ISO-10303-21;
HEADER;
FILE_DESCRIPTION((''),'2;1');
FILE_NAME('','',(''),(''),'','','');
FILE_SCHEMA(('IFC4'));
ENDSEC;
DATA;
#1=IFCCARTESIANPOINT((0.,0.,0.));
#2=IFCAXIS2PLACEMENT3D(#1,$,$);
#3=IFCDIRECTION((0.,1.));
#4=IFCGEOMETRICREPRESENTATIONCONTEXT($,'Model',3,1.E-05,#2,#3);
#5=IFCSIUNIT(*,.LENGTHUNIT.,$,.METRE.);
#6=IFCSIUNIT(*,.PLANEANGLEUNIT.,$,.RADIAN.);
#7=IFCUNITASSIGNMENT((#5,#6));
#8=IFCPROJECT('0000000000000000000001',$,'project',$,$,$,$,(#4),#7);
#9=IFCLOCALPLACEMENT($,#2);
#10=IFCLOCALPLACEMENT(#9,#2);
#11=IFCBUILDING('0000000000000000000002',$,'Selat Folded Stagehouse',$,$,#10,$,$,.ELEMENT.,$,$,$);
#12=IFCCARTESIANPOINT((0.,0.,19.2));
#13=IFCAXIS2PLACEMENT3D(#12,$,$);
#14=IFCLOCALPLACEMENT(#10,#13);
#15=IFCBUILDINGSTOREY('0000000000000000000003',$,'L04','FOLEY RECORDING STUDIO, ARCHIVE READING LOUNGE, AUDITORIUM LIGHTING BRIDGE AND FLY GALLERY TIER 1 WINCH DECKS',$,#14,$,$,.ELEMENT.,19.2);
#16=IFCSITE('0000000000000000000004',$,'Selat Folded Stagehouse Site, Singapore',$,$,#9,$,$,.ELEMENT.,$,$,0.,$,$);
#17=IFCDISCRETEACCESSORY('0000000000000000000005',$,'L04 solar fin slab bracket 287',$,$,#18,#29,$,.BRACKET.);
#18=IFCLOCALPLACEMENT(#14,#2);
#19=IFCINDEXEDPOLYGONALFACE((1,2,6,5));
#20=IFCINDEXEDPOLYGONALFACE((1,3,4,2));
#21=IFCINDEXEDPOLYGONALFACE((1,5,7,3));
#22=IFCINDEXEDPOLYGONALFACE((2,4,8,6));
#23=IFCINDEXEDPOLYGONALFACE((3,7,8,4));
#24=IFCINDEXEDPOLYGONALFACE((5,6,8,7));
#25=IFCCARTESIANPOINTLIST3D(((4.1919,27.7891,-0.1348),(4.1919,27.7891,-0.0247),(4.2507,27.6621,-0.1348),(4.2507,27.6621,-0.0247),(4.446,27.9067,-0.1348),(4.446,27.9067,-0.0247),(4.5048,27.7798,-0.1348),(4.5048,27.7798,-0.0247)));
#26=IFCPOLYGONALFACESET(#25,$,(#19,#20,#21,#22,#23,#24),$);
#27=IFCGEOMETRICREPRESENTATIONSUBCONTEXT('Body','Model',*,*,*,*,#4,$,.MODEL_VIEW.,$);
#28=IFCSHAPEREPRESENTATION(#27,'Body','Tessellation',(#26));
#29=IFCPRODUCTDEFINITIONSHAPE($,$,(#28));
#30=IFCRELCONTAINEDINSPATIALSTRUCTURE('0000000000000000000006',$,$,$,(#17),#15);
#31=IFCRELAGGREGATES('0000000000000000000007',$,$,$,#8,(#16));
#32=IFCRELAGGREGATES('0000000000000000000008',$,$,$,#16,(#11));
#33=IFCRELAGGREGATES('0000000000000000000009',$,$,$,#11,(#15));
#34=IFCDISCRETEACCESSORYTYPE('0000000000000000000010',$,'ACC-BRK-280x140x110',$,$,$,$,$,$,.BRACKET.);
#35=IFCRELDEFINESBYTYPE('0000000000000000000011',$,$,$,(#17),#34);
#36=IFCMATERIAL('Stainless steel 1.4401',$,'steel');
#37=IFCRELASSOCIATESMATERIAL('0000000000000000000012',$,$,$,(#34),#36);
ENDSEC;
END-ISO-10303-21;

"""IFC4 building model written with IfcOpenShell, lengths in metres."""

from ifc_helpers import new_model, si_unit, direction, frame, origin, origin_2d, place, context, subcontext, project, spatial, rectangle, extrude, material, type_object, element, save


model = new_model("IFC4")

# Units and contexts
model_context = context("Model", 3, precision=1e-05, world=origin(), true_north=direction((0.0, 1.0)))
body_context = subcontext(model_context, "Body", "Model", "MODEL_VIEW")
ifc_project = project(units=[si_unit("LENGTHUNIT", "METRE"), si_unit("PLANEANGLEUNIT", "RADIAN")], contexts=[model_context])

# Site, building, storey
site_placement = place(None, origin())
site = spatial("IfcSite", under=ifc_project, at=site_placement, Name="Selat Folded Stagehouse Site, Singapore", CompositionType="ELEMENT", RefElevation=0.0)
building_placement = place(site_placement, origin())
building = spatial("IfcBuilding", under=site, at=building_placement, Name="Selat Folded Stagehouse", CompositionType="ELEMENT")
storey_placement = place(building_placement, frame((0.0, 0.0, 19.2)))
storey = spatial("IfcBuildingStorey", under=building, at=storey_placement, Name="L04", Description="FOLEY RECORDING STUDIO, ARCHIVE READING LOUNGE, AUDITORIUM LIGHTING BRIDGE AND FLY GALLERY TIER 1 WINCH DECKS", CompositionType="ELEMENT", Elevation=19.2)

# Discrete accessory
ifc_material_1 = material(Name="Stainless steel 1.4401", Category="steel")
discrete_accessory_type = type_object("IfcDiscreteAccessoryType", Name="ACC-BRK-280x140x110", PredefinedType="BRACKET", material=ifc_material_1)
for number, where, z_axis, x_axis, name in (
    (1, (4.3484, 27.7844, -0.1348), (0.0, 0.0, 1.0), (-0.907411, -0.420244, 0.0), "L04 solar fin slab bracket 287"),
):
    element("IfcDiscreteAccessory", number, at=place(storey_placement, frame(where, z_axis=z_axis, x_axis=x_axis)), inside=storey, type_object=discrete_accessory_type, Name=name, PredefinedType="BRACKET", context=body_context, shape_type="SweptSolid", body=[
        extrude(rectangle(XDim=0.28, YDim=0.1399, at=origin_2d()), origin(), (0.0, 0.0, 1.0), 0.1101),
    ])

save(model, "model.ifc")
